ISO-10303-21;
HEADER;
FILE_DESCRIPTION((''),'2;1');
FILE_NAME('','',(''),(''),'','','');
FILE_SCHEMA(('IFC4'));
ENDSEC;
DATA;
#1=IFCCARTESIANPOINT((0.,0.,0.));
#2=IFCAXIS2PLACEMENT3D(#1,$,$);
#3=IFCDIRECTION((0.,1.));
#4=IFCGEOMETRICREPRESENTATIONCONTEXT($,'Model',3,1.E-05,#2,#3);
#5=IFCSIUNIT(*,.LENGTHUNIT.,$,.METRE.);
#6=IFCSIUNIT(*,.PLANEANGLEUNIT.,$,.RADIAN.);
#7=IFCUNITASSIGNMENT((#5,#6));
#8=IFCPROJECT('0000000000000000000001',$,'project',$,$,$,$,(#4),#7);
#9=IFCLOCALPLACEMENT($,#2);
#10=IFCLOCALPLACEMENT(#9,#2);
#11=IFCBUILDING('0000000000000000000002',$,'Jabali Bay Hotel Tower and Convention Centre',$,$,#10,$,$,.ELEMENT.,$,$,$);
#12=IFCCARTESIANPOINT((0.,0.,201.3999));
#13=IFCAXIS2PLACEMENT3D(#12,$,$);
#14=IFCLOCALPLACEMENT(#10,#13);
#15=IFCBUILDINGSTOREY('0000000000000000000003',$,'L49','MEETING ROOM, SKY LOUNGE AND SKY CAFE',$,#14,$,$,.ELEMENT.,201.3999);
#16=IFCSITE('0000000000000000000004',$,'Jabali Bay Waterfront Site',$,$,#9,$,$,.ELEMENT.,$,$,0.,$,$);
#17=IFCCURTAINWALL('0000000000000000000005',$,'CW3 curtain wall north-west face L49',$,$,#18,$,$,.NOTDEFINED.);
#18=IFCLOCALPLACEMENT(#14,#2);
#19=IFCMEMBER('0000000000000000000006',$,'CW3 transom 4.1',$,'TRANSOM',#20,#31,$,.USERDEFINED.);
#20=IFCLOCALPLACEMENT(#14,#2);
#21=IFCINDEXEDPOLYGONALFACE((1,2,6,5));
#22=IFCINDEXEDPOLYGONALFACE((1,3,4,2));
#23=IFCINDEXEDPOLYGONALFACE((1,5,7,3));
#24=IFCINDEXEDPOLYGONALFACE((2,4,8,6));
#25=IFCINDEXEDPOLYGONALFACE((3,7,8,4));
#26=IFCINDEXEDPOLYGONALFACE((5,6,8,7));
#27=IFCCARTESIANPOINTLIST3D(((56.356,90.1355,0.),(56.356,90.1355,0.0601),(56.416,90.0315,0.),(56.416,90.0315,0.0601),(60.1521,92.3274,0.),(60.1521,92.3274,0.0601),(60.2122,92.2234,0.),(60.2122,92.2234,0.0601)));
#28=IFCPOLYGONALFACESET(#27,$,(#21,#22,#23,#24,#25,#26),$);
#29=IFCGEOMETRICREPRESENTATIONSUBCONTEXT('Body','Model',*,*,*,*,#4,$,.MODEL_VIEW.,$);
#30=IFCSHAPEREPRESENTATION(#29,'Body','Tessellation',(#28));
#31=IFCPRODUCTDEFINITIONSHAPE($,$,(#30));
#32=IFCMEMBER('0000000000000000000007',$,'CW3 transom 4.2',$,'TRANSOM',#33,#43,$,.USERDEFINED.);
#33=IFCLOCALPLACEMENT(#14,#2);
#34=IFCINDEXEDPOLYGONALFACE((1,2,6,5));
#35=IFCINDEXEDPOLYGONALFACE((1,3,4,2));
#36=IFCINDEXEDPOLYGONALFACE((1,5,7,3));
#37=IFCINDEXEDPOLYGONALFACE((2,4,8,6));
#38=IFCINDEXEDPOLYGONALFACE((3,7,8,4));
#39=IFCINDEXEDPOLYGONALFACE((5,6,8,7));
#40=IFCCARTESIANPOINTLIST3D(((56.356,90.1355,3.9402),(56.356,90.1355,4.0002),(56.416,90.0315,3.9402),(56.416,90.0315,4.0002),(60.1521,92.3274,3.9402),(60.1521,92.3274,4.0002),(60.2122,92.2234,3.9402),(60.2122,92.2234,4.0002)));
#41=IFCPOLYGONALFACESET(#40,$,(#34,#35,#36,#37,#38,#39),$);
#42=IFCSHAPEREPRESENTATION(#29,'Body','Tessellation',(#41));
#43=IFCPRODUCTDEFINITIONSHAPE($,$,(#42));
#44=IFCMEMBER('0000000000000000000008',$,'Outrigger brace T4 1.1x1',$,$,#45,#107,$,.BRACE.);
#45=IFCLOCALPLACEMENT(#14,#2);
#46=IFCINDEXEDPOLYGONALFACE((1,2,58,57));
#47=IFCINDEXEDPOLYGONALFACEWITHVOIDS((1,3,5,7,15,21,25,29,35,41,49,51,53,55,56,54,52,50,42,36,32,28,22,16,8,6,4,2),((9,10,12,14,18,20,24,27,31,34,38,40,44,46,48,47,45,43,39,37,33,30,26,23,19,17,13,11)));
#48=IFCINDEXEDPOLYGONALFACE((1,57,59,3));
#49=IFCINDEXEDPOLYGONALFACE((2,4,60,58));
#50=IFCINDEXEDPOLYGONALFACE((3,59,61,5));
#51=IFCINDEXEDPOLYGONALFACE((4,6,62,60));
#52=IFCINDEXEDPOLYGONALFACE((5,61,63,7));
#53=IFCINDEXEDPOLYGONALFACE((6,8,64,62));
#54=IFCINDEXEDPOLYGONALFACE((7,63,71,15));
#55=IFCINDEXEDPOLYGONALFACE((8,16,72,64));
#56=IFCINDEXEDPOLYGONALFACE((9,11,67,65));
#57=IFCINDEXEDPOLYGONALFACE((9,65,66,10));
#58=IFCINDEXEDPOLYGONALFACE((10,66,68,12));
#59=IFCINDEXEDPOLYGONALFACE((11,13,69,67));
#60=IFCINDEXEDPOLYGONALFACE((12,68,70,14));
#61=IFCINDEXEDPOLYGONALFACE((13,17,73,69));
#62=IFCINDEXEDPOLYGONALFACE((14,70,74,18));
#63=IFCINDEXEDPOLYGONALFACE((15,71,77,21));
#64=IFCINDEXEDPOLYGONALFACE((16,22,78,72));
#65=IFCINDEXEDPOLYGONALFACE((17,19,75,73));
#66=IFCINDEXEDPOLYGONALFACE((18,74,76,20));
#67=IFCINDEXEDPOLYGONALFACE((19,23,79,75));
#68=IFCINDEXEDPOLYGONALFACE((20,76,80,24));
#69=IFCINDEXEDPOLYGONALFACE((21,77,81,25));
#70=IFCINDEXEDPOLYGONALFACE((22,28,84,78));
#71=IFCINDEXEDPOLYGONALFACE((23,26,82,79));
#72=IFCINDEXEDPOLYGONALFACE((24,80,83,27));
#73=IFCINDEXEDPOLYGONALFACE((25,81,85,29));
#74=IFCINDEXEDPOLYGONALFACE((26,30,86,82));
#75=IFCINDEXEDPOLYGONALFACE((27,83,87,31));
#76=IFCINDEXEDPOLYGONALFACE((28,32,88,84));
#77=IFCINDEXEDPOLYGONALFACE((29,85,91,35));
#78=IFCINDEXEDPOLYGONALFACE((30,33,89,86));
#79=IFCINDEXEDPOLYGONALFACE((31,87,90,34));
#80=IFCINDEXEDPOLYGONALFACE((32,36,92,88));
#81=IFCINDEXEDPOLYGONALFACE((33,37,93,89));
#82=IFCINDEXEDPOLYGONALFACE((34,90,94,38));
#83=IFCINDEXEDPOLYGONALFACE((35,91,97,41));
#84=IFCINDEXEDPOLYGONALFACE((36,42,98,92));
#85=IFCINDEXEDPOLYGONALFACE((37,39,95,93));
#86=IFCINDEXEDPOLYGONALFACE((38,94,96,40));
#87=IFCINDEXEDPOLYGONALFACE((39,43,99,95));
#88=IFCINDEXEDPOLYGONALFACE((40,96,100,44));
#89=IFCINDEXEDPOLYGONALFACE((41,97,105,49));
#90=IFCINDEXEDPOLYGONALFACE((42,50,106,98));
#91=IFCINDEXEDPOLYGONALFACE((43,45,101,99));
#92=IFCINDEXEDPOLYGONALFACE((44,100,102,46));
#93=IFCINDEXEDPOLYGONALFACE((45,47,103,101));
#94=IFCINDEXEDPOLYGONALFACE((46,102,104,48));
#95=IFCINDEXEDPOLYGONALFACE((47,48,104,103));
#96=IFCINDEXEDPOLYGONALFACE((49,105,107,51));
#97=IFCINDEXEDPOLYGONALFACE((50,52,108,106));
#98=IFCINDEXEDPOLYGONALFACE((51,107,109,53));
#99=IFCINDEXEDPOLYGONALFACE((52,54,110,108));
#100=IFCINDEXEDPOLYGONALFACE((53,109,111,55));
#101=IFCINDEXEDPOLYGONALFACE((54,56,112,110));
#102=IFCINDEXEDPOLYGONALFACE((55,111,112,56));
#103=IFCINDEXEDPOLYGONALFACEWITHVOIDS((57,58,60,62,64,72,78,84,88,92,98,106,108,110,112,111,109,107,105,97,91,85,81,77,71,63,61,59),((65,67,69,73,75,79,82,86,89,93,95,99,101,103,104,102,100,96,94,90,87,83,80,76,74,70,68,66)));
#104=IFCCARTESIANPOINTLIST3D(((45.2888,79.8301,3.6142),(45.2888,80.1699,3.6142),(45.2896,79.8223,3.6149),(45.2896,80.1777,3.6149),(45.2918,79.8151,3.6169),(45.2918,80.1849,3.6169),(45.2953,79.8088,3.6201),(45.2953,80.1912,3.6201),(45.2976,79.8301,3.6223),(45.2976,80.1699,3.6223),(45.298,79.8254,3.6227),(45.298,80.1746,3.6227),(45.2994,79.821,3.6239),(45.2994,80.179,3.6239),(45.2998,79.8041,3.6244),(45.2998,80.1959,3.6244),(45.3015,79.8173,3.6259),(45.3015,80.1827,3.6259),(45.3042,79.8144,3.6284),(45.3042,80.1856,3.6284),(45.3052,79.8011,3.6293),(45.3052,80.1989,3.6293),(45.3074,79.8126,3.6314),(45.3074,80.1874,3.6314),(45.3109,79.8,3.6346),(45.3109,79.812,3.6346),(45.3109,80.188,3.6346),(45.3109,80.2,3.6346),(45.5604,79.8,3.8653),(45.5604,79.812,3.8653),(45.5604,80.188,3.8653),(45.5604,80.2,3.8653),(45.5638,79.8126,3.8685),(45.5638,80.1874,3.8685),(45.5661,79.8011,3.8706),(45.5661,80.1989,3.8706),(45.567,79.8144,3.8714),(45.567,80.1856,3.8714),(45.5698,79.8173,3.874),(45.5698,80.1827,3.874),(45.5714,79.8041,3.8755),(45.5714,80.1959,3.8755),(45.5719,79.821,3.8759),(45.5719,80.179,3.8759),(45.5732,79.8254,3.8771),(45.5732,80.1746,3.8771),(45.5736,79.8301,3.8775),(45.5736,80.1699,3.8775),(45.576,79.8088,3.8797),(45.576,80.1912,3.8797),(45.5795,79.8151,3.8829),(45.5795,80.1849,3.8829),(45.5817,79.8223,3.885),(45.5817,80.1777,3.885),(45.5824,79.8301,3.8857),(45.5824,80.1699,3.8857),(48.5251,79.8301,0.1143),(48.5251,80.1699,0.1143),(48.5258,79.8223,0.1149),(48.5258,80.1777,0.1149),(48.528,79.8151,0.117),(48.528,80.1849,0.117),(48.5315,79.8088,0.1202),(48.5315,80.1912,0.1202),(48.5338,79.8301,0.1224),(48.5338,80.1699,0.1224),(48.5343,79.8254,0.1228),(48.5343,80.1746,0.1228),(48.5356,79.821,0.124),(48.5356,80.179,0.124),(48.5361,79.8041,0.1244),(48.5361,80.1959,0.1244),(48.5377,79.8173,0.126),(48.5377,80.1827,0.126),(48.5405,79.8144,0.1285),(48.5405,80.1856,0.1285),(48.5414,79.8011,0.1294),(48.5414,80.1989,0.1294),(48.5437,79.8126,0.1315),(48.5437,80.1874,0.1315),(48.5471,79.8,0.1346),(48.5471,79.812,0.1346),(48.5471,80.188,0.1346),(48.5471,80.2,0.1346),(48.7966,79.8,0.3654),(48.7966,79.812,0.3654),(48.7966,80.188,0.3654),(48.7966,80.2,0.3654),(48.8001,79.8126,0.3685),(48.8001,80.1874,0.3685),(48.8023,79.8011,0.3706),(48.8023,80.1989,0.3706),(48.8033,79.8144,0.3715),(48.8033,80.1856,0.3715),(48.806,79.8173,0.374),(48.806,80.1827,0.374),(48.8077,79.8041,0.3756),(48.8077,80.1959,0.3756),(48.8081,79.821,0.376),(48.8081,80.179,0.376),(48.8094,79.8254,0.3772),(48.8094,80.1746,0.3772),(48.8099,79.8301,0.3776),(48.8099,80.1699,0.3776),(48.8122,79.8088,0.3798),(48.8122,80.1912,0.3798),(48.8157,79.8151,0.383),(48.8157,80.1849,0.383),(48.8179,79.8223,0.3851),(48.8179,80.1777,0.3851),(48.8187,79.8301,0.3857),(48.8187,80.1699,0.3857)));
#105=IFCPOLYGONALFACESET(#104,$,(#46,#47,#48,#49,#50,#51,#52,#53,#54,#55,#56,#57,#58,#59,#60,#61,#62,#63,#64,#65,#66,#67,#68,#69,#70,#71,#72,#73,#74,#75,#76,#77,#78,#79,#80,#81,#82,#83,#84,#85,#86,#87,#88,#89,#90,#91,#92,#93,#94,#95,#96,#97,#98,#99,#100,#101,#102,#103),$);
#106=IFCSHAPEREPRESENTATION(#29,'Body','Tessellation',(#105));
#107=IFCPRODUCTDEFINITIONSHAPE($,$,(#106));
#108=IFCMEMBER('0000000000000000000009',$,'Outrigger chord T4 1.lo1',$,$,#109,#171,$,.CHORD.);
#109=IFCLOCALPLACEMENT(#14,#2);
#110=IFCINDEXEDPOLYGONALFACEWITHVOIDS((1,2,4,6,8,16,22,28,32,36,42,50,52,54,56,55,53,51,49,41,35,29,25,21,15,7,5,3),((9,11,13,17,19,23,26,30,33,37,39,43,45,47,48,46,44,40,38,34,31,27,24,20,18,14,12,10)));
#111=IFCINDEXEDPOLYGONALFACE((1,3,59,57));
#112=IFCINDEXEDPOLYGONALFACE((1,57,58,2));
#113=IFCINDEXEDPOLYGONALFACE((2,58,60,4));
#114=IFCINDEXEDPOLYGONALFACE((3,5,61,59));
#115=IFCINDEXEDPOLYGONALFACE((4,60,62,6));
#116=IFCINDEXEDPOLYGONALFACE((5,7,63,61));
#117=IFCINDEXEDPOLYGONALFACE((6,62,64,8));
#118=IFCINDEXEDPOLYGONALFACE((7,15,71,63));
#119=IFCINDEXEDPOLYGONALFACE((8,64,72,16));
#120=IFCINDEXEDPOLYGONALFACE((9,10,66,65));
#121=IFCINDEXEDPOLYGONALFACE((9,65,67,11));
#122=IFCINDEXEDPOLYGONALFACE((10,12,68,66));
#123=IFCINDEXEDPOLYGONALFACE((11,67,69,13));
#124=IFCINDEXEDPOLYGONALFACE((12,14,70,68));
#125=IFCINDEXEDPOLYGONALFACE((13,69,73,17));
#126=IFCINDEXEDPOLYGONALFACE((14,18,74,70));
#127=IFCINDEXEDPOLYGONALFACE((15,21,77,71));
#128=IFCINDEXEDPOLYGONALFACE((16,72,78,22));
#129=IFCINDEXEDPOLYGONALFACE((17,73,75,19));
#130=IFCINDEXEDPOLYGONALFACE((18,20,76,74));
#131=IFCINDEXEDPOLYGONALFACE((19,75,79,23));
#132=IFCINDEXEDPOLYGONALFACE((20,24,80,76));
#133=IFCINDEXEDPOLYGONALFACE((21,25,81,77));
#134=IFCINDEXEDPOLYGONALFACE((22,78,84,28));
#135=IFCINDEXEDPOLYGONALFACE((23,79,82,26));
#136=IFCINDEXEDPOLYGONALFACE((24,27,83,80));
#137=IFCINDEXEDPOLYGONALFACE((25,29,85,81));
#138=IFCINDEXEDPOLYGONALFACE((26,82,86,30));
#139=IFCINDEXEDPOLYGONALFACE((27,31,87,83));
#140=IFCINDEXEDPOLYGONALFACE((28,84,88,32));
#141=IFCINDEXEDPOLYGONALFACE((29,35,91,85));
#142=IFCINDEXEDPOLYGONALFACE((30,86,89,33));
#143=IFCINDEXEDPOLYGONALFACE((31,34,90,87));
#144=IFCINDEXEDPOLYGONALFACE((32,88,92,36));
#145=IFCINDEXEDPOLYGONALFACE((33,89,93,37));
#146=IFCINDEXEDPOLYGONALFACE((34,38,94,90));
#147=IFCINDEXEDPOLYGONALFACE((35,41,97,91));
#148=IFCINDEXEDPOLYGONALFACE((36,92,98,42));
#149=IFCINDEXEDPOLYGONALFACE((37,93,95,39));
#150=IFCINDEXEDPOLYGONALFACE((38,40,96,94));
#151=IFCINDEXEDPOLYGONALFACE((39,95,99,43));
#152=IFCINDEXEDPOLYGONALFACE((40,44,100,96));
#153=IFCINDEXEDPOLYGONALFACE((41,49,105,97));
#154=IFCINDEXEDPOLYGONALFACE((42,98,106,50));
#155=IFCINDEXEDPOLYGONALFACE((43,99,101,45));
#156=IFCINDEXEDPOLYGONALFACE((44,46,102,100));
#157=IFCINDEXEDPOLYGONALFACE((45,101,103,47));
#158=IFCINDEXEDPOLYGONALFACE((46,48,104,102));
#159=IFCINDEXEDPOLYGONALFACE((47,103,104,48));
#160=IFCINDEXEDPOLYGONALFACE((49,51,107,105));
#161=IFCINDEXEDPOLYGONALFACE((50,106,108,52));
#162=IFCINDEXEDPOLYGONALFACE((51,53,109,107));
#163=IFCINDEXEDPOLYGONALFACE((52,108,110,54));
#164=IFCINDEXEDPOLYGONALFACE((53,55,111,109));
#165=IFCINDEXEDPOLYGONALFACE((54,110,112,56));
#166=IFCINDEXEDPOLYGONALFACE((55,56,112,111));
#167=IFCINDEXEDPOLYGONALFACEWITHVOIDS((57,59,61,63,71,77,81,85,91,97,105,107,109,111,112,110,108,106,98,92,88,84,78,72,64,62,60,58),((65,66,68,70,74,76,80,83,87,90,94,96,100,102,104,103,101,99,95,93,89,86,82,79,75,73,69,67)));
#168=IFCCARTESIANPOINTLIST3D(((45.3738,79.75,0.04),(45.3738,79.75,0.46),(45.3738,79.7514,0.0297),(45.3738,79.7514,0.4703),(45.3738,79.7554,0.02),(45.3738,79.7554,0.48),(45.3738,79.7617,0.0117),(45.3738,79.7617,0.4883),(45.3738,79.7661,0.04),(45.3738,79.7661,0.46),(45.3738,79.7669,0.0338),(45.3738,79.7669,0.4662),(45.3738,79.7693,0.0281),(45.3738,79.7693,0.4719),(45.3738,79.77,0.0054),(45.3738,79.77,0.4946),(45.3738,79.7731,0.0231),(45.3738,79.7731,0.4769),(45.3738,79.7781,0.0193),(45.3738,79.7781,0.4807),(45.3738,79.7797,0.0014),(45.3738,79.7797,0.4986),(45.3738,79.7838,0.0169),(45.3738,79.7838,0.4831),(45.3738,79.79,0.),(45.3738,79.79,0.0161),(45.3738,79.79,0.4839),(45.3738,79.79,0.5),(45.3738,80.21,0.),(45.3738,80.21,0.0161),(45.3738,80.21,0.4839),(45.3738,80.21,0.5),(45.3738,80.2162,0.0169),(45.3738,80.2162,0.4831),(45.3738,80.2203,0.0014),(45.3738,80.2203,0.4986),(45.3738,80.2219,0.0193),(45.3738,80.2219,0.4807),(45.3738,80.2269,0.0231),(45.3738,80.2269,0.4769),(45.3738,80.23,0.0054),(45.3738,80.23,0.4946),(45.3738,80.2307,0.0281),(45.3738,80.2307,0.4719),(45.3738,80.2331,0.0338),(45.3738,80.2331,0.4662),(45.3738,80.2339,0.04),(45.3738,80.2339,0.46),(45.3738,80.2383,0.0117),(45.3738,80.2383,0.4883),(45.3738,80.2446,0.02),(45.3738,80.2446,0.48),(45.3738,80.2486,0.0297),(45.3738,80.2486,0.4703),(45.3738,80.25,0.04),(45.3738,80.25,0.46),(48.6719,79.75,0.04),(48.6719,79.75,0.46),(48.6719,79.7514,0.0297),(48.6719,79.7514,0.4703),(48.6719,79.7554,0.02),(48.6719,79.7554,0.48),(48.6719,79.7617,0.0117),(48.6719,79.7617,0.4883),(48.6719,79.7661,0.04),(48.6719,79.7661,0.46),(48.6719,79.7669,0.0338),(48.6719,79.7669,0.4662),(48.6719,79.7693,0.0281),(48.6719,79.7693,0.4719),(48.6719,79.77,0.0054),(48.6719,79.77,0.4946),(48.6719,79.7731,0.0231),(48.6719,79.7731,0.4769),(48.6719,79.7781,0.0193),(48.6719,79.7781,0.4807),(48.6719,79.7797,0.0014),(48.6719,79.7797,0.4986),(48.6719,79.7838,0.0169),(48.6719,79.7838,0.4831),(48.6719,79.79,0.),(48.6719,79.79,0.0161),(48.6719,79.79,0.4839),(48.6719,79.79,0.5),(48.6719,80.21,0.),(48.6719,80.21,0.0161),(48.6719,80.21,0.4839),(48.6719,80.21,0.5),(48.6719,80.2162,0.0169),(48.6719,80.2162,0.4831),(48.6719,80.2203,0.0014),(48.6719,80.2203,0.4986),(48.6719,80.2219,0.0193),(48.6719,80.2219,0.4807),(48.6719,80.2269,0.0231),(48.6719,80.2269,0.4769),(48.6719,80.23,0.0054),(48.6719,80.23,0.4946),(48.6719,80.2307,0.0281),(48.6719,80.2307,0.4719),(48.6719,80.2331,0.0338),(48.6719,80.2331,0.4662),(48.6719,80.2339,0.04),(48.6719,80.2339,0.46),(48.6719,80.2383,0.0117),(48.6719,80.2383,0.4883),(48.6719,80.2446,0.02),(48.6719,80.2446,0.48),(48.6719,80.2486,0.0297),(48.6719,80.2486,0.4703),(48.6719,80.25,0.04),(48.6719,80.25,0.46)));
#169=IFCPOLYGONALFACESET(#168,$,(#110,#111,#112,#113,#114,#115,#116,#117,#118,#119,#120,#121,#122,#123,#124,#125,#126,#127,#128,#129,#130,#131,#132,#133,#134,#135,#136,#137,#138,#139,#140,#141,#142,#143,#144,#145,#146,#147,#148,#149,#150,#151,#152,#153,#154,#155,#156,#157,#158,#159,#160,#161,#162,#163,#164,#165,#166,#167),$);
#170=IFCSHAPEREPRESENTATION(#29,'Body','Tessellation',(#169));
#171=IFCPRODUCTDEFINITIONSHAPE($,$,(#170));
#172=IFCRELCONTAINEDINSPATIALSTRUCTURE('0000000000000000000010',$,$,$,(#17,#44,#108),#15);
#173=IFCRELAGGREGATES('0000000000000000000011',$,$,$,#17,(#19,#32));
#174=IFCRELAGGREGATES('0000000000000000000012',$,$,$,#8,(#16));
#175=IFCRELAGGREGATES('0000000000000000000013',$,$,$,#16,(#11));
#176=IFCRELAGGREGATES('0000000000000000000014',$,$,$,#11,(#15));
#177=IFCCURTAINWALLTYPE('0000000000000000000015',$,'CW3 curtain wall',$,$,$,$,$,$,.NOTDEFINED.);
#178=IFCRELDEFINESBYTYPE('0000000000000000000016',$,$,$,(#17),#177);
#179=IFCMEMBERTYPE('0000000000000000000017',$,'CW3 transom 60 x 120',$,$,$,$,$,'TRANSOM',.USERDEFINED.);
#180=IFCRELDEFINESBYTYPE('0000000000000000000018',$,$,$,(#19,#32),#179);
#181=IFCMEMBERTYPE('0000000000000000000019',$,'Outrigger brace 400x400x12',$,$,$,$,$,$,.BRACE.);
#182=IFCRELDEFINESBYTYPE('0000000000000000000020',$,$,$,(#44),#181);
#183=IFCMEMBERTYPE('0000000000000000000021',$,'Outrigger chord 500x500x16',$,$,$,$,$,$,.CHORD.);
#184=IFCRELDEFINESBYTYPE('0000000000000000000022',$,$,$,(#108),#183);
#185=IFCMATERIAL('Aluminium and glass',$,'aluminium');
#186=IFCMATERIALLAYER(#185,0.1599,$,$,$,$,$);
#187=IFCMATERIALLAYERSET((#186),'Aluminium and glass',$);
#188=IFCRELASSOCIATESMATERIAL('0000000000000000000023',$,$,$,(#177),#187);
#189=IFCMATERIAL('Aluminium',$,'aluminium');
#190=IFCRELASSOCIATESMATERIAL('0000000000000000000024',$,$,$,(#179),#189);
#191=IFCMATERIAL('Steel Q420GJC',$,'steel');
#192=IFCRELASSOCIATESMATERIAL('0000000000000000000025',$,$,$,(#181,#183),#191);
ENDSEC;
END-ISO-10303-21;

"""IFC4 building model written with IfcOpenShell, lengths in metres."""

from ifc_helpers import new_model, si_unit, direction, frame, origin, origin_2d, place, context, subcontext, project, spatial, rectangle, hollow_rectangle, extrude, material, layer, layer_set, material_profile, profile_set, type_object, element, aggregate, save


model = new_model("IFC4")

# Units and contexts
model_context = context("Model", 3, precision=1e-05, world=origin(), true_north=direction((0.0, 1.0)))
body_context = subcontext(model_context, "Body", "Model", "MODEL_VIEW")
ifc_project = project(units=[si_unit("LENGTHUNIT", "METRE"), si_unit("PLANEANGLEUNIT", "RADIAN")], contexts=[model_context])

# Site, building, storey
site_placement = place(None, origin())
site = spatial("IfcSite", under=ifc_project, at=site_placement, Name="Jabali Bay Waterfront Site", CompositionType="ELEMENT", RefElevation=0.0)
building_placement = place(site_placement, origin())
building = spatial("IfcBuilding", under=site, at=building_placement, Name="Jabali Bay Hotel Tower and Convention Centre", CompositionType="ELEMENT")
storey_placement = place(building_placement, frame((0.0, 0.0, 201.3999)))
storey = spatial("IfcBuildingStorey", under=building, at=storey_placement, Name="L49", Description="MEETING ROOM, SKY LOUNGE AND SKY CAFE", CompositionType="ELEMENT", Elevation=201.3999)

# Shared definitions
ifc_material_1 = material(Name="Steel Q420GJC", Category="steel")

# Curtain wall, members
ifc_material_2 = material(Name="Aluminium and glass", Category="aluminium")
ifc_layer_1 = layer(ifc_material_2, 0.1599)
ifc_layer_set_1 = layer_set([ifc_layer_1], Name="Aluminium and glass")
curtain_wall_type = type_object("IfcCurtainWallType", Name="CW3 curtain wall", PredefinedType="NOTDEFINED", material=ifc_layer_set_1)
curtain_wall_placement = place(storey_placement, origin())
curtain_wall = element("IfcCurtainWall", 1, at=curtain_wall_placement, inside=storey, type_object=curtain_wall_type, Name="CW3 curtain wall north-west face L49", PredefinedType="NOTDEFINED")
ifc_material_3 = material(Name="Aluminium", Category="aluminium")
ifc_material_profile_1 = material_profile(ifc_material_3, rectangle(XDim=0.1201, YDim=0.0601, at=origin_2d()), Name="CW3 transom 60 x 120")
ifc_profile_set_1 = profile_set([ifc_material_profile_1], Name="Aluminium")
member_type_1 = type_object("IfcMemberType", Name="CW3 transom 60 x 120", ElementType="TRANSOM", PredefinedType="USERDEFINED", material=ifc_profile_set_1)
member_1_placement = place(storey_placement, frame((56.386, 90.0835, 0.03), z_axis=(0.866007, 0.500033, 0.0), x_axis=(-0.500033, 0.866007, 0.0)))
member_1 = element("IfcMember", 2, at=member_1_placement, type_object=member_type_1, Name="CW3 transom 4.1", ObjectType="TRANSOM", PredefinedType="USERDEFINED", context=body_context, shape_type="SweptSolid", body=[
    extrude(rectangle(XDim=0.1201, YDim=0.0601, at=origin_2d()), origin(), (0.0, 0.0, 1.0), 4.3835),
])
member_2_placement = place(storey_placement, frame((56.386, 90.0835, 3.9702), z_axis=(0.866007, 0.500033, 0.0), x_axis=(-0.500033, 0.866007, 0.0)))
member_2 = element("IfcMember", 3, at=member_2_placement, type_object=member_type_1, Name="CW3 transom 4.2", ObjectType="TRANSOM", PredefinedType="USERDEFINED", context=body_context, shape_type="SweptSolid", body=[
    extrude(rectangle(XDim=0.1201, YDim=0.0601, at=origin_2d()), origin(), (0.0, 0.0, 1.0), 4.3835),
])

# Members
ifc_material_profile_2 = material_profile(ifc_material_1, hollow_rectangle(XDim=0.3999, YDim=0.3999, WallThickness=0.012, InnerFilletRadius=0.0181, OuterFilletRadius=0.03, at=origin_2d()), Name="Outrigger brace 400x400x12")
ifc_profile_set_2 = profile_set([ifc_material_profile_2], Name="Steel Q420GJC")
member_type_2 = type_object("IfcMemberType", Name="Outrigger brace 400x400x12", PredefinedType="BRACE", material=ifc_profile_set_2)
member_3_placement = place(storey_placement, frame((48.6719, 80.0, 0.25), z_axis=(-0.678909, 0.0, 0.734222), x_axis=(0.0, -1.0, 0.0)))
element("IfcMember", 4, at=member_3_placement, inside=storey, type_object=member_type_2, Name="Outrigger brace T4 1.1x1", PredefinedType="BRACE", context=body_context, shape_type="SweptSolid", body=[
    extrude(hollow_rectangle(XDim=0.3999, YDim=0.3999, WallThickness=0.012, InnerFilletRadius=0.0181, OuterFilletRadius=0.03, at=origin_2d()), origin(), (0.0, 0.0, 1.0), 4.7668),
])
ifc_material_profile_3 = material_profile(ifc_material_1, hollow_rectangle(XDim=0.5, YDim=0.5, WallThickness=0.0161, InnerFilletRadius=0.0239, OuterFilletRadius=0.04, at=origin_2d()), Name="Outrigger chord 500x500x16")
ifc_profile_set_3 = profile_set([ifc_material_profile_3], Name="Steel Q420GJC")
member_type_3 = type_object("IfcMemberType", Name="Outrigger chord 500x500x16", PredefinedType="CHORD", material=ifc_profile_set_3)
member_4_placement = place(storey_placement, frame((48.6719, 80.0, 0.25), z_axis=(-1.0, 0.0, 0.0), x_axis=(0.0, -1.0, 0.0)))
element("IfcMember", 5, at=member_4_placement, inside=storey, type_object=member_type_3, Name="Outrigger chord T4 1.lo1", PredefinedType="CHORD", context=body_context, shape_type="SweptSolid", body=[
    extrude(hollow_rectangle(XDim=0.5, YDim=0.5, WallThickness=0.0161, InnerFilletRadius=0.0239, OuterFilletRadius=0.04, at=origin_2d()), origin(), (0.0, 0.0, 1.0), 3.2981),
])

aggregate(curtain_wall, [member_1, member_2])

save(model, "model.ifc")
